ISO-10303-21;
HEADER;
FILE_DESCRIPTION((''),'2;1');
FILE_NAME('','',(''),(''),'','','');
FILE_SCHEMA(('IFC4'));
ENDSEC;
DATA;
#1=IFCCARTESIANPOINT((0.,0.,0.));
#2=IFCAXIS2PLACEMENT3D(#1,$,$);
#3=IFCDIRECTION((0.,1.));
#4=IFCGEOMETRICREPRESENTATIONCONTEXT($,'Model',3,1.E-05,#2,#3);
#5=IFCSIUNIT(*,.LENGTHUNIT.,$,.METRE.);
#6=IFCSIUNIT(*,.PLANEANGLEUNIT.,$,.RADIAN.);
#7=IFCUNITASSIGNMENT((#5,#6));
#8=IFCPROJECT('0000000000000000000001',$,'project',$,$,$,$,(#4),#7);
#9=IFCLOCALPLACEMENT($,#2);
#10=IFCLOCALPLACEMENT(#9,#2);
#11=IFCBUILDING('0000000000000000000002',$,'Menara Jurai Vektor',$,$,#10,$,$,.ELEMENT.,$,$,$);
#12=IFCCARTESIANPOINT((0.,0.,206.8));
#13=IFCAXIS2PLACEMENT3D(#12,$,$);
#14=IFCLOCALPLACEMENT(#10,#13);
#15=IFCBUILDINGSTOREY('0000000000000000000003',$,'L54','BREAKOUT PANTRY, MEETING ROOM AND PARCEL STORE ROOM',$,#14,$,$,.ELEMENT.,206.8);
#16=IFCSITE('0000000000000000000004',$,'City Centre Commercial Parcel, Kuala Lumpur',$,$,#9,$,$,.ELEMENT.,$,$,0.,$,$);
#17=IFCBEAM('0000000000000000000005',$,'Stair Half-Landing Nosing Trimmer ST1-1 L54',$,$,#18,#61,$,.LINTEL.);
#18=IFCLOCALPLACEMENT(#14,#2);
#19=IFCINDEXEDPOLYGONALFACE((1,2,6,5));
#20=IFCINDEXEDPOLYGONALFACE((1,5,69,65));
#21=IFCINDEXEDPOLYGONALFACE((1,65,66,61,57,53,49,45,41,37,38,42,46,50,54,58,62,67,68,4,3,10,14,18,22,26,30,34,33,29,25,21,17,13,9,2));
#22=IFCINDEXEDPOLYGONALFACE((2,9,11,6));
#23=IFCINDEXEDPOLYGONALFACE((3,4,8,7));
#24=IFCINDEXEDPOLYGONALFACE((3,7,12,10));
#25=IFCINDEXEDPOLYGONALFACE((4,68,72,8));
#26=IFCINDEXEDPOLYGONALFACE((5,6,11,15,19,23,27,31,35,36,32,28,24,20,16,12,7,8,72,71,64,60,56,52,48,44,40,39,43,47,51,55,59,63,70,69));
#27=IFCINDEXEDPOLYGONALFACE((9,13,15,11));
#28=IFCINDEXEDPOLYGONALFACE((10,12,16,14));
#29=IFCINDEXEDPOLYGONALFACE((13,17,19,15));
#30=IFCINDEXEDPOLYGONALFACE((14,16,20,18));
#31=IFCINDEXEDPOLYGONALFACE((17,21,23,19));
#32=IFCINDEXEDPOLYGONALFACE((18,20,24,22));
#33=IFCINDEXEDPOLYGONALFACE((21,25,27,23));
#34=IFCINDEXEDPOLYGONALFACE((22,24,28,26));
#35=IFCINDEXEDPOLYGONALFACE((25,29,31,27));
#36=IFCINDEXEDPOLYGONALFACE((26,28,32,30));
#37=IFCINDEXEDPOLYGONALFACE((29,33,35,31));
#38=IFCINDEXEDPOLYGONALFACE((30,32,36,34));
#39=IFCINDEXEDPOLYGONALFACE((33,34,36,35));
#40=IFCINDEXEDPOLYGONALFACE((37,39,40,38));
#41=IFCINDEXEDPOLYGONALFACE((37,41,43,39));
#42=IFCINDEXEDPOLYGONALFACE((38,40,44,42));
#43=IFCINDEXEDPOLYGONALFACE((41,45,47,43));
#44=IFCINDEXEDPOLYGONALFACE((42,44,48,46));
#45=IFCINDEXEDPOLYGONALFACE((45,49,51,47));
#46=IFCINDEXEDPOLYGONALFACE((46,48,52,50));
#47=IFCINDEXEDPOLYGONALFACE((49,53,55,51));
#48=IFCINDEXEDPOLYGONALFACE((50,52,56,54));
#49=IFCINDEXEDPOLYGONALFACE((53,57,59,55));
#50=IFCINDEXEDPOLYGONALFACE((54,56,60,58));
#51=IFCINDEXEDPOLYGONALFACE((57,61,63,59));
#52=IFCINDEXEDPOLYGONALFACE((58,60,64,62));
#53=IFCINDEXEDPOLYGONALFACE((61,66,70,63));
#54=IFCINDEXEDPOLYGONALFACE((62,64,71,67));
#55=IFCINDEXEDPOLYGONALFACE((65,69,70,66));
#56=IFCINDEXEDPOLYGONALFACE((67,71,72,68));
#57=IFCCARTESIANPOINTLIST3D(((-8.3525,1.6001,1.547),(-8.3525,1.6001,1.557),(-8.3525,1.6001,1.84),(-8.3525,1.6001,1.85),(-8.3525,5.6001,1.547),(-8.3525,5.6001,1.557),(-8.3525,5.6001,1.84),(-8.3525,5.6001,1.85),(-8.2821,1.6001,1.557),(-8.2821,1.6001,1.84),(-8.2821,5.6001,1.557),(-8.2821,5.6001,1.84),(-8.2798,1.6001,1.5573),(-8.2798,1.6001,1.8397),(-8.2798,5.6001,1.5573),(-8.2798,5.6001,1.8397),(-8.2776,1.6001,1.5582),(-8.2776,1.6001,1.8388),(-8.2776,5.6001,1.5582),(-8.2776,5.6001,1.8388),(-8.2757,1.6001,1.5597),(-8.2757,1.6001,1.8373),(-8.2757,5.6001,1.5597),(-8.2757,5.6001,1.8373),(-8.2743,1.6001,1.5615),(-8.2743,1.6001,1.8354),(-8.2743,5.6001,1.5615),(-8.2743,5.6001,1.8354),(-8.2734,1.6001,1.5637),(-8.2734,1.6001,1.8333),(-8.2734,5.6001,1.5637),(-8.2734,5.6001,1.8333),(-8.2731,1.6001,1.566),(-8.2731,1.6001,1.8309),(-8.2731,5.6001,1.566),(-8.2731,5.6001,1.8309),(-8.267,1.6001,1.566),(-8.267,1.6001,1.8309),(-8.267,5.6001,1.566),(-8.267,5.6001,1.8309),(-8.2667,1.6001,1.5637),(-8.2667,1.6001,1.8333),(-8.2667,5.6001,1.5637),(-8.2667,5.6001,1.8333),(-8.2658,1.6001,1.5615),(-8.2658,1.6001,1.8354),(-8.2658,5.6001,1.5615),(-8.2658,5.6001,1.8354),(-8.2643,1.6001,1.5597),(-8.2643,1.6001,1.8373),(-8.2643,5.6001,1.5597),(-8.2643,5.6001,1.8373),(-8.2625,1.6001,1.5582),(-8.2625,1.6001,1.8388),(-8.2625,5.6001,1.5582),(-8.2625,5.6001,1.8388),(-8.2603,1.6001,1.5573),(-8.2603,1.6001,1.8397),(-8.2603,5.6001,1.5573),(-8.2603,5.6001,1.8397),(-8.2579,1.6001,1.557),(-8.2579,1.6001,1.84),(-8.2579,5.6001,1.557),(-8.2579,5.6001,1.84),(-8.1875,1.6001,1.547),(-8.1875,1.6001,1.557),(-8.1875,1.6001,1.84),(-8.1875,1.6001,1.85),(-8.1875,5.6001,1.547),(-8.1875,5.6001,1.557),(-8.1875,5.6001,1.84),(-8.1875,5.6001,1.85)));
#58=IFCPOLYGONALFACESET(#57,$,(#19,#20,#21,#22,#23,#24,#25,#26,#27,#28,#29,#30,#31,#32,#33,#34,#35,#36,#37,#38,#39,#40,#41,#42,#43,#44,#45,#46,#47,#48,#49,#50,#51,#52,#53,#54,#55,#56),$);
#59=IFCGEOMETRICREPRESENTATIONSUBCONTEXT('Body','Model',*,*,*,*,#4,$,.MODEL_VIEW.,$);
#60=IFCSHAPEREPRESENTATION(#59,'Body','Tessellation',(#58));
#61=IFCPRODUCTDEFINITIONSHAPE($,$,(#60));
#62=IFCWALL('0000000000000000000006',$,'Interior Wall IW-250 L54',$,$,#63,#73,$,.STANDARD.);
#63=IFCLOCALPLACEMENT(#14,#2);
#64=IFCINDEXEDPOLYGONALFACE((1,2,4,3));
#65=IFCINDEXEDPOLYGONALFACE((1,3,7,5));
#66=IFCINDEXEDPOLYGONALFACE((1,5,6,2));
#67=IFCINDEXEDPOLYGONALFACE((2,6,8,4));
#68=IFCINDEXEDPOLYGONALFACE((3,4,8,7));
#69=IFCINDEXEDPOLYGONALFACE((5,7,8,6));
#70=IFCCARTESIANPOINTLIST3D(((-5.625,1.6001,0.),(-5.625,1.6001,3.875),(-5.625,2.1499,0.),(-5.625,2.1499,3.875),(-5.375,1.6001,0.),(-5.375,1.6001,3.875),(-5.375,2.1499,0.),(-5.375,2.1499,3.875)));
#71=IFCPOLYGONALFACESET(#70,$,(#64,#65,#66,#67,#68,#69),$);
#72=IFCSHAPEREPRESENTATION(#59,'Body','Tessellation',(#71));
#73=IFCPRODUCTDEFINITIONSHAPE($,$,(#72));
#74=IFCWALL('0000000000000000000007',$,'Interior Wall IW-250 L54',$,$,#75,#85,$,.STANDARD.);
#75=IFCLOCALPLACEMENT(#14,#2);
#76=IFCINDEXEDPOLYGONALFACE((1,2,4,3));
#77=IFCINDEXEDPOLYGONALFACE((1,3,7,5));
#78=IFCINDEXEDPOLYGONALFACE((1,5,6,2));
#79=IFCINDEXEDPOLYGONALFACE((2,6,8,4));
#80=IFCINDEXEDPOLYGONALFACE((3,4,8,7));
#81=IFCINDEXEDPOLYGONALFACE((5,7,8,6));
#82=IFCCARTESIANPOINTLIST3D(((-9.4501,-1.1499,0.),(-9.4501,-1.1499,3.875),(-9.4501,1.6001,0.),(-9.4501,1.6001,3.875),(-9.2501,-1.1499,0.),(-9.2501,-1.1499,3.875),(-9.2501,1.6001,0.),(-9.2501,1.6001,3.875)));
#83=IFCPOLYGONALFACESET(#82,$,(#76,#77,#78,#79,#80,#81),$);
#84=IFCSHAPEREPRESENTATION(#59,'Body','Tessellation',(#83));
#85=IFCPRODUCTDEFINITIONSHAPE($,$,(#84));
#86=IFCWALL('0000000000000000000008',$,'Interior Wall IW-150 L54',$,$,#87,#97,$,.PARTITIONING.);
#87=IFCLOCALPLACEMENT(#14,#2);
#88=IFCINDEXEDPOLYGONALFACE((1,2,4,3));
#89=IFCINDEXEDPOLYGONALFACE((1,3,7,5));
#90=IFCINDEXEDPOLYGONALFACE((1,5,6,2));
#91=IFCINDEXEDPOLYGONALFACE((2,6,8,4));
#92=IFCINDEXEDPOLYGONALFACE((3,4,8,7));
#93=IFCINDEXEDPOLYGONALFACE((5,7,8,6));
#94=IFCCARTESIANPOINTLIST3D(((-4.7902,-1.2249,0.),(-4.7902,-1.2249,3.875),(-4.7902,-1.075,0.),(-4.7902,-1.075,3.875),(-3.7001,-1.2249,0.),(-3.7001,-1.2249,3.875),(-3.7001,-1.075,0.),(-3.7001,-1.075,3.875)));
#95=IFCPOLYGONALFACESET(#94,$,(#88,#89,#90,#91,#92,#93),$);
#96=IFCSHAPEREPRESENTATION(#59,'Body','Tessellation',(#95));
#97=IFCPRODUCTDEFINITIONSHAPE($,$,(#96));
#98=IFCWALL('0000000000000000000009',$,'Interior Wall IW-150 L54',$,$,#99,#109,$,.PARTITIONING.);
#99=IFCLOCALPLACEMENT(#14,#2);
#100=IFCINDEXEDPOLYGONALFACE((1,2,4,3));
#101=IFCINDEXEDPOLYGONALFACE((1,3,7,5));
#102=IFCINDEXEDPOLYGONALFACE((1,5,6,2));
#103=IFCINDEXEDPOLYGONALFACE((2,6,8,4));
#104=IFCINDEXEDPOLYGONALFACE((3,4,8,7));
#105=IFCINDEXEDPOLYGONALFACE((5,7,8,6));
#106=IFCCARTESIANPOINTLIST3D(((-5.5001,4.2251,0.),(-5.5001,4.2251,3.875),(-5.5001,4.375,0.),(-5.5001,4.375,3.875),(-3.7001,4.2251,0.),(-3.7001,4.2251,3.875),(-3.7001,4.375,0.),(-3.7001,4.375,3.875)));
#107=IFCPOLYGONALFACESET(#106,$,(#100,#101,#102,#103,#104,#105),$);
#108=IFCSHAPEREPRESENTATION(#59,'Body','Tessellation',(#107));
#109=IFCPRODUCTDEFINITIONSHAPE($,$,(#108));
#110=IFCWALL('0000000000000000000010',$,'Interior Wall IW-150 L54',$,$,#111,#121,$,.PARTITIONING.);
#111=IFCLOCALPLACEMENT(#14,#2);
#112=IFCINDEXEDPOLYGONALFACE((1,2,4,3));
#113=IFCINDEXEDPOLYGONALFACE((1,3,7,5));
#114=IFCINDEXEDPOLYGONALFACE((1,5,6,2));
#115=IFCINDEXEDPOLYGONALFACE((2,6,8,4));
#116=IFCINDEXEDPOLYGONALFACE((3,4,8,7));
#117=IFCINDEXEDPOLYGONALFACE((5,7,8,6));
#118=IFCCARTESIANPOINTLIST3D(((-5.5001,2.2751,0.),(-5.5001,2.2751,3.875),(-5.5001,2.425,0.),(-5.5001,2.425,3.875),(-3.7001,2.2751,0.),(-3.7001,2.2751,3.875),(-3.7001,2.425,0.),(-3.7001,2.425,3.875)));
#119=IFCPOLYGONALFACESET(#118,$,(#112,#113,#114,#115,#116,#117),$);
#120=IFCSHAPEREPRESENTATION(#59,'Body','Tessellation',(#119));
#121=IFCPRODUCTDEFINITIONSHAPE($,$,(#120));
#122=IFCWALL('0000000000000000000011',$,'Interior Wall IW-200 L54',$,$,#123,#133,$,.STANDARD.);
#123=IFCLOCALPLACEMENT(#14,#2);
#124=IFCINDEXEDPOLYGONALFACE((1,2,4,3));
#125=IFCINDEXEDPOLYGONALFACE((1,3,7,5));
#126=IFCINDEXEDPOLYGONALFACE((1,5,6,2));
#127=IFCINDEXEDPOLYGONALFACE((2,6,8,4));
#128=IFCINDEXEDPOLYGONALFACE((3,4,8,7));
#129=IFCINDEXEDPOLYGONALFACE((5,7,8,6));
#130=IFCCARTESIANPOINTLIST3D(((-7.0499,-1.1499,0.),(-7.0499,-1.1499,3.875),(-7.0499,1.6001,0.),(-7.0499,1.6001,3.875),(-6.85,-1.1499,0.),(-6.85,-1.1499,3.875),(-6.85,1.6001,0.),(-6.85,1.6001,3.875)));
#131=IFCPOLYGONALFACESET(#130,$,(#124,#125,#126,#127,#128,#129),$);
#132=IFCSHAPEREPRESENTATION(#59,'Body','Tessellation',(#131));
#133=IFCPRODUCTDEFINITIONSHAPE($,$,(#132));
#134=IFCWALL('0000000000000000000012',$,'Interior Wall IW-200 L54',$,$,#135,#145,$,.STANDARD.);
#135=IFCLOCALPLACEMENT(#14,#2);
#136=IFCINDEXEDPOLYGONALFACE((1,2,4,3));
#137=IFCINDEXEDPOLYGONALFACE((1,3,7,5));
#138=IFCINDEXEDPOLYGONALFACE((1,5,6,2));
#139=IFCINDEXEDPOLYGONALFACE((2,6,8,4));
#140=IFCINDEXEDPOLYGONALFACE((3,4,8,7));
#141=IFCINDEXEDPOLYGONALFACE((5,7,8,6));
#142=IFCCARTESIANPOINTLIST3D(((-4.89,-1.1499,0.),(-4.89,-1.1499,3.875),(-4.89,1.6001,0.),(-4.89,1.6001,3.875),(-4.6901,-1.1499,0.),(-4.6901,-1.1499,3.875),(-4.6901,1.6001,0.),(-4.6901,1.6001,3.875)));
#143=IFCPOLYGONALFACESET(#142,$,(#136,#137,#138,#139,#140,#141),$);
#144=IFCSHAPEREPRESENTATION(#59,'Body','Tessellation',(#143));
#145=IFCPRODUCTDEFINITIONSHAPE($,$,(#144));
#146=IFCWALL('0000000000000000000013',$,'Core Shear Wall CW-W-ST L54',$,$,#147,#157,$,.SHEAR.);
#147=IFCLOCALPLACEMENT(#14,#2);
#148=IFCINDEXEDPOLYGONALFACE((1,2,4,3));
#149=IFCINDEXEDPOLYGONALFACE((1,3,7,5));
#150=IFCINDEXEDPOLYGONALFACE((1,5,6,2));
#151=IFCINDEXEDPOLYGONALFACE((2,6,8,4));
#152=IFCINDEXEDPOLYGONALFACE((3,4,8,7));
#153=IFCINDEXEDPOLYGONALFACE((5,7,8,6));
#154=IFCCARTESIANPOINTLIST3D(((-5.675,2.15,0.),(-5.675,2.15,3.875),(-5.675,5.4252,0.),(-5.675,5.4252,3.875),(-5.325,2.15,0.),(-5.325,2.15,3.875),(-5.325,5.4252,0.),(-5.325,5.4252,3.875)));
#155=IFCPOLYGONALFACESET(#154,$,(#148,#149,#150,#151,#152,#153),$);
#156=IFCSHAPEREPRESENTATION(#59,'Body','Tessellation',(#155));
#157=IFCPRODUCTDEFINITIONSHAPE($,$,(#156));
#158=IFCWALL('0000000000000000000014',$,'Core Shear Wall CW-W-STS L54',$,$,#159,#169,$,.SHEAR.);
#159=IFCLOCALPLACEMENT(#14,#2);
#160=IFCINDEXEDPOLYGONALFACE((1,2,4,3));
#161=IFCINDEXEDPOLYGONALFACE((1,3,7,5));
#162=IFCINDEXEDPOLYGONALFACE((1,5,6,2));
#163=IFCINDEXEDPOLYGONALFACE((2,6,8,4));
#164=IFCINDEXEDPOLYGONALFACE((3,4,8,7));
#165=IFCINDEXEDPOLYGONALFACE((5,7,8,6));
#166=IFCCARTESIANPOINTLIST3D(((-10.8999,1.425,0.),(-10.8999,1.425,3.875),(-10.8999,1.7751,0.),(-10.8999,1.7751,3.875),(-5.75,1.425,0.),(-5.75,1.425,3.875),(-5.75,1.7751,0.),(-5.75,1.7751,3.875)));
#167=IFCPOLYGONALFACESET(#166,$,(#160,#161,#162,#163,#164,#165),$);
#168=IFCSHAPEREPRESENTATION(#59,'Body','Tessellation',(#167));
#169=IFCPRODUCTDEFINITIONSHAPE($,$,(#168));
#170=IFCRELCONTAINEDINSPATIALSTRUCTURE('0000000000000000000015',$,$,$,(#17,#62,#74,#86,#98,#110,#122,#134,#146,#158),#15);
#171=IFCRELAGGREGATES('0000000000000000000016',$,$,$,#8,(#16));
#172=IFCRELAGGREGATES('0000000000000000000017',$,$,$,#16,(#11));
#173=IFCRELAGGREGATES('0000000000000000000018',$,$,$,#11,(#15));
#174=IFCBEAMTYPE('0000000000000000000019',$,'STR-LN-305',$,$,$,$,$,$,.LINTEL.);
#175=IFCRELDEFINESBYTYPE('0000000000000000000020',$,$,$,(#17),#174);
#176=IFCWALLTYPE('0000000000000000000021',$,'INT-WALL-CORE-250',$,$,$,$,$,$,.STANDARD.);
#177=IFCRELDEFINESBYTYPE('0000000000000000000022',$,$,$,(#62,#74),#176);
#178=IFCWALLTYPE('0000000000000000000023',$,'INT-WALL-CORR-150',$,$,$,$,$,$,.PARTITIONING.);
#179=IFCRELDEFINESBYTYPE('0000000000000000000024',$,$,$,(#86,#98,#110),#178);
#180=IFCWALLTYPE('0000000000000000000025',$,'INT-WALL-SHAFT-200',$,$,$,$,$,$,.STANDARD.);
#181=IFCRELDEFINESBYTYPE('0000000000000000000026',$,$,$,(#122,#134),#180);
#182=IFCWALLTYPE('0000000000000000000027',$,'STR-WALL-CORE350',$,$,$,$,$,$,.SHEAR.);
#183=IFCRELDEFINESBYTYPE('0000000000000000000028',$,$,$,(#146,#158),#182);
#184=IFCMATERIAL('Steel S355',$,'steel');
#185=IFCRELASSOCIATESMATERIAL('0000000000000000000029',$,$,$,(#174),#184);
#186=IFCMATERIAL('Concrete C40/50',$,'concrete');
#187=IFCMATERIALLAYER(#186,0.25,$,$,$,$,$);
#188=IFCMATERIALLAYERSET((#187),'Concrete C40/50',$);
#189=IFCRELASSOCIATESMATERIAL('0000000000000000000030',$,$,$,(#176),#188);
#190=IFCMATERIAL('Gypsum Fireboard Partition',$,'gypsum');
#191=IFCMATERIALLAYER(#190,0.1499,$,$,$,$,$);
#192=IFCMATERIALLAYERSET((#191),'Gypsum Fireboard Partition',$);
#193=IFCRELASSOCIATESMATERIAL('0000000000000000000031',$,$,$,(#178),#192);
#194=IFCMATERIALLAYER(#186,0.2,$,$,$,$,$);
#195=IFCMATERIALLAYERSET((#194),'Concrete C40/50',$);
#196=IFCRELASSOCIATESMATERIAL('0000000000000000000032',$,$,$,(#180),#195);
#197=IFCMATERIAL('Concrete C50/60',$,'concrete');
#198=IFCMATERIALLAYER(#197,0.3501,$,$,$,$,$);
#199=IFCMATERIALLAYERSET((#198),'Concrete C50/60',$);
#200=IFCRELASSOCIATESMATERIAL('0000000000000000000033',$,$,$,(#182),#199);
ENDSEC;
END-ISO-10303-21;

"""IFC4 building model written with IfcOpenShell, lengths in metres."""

from ifc_helpers import new_model, si_unit, direction, frame, frame_2d, origin, origin_2d, place, context, subcontext, project, spatial, rectangle, i_section, extrude, material, layer, layer_set, material_profile, profile_set, type_object, element, save


model = new_model("IFC4")

# Units and contexts
model_context = context("Model", 3, precision=1e-05, world=origin(), true_north=direction((0.0, 1.0)))
body_context = subcontext(model_context, "Body", "Model", "MODEL_VIEW")
ifc_project = project(units=[si_unit("LENGTHUNIT", "METRE"), si_unit("PLANEANGLEUNIT", "RADIAN")], contexts=[model_context])

# Site, building, storey
site_placement = place(None, origin())
site = spatial("IfcSite", under=ifc_project, at=site_placement, Name="City Centre Commercial Parcel, Kuala Lumpur", CompositionType="ELEMENT", RefElevation=0.0)
building_placement = place(site_placement, origin())
building = spatial("IfcBuilding", under=site, at=building_placement, Name="Menara Jurai Vektor", CompositionType="ELEMENT")
storey_placement = place(building_placement, frame((0.0, 0.0, 206.8)))
storey = spatial("IfcBuildingStorey", under=building, at=storey_placement, Name="L54", Description="BREAKOUT PANTRY, MEETING ROOM AND PARCEL STORE ROOM", CompositionType="ELEMENT", Elevation=206.8)

# Shared definitions
ifc_material_1 = material(Name="Concrete C50/60", Category="concrete")

# Beam
ifc_material_2 = material(Name="Steel S355", Category="steel")
ifc_material_profile_1 = material_profile(ifc_material_2, i_section(OverallWidth=0.165, OverallDepth=0.303, WebThickness=0.0061, FlangeThickness=0.01, FilletRadius=0.009, at=origin_2d()), Name="UKB 305x165x40")
ifc_profile_set_1 = profile_set([ifc_material_profile_1], Name="Steel S355")
beam_type_1 = type_object("IfcBeamType", Name="STR-LN-305", PredefinedType="LINTEL", material=ifc_profile_set_1)
beam_1_placement = place(storey_placement, frame((-8.27, 1.6001, 1.6985), z_axis=(0.0, 1.0, 0.0), x_axis=(-1.0, 0.0, 0.0)))
element("IfcBeam", 1, at=beam_1_placement, inside=storey, type_object=beam_type_1, Name="Stair Half-Landing Nosing Trimmer ST1-1 L54", PredefinedType="LINTEL", context=body_context, shape_type="SweptSolid", body=[
    extrude(i_section(OverallWidth=0.165, OverallDepth=0.303, WebThickness=0.0061, FlangeThickness=0.01, FilletRadius=0.009, at=origin_2d()), origin(), (0.0, 0.0, 1.0), 4.0),
])

# Shared definitions
ifc_material_3 = material(Name="Concrete C40/50", Category="concrete")
ifc_layer_1 = layer(ifc_material_3, 0.25)
ifc_layer_set_1 = layer_set([ifc_layer_1], Name="Concrete C40/50")
wall_type_1 = type_object("IfcWallType", Name="INT-WALL-CORE-250", PredefinedType="STANDARD", material=ifc_layer_set_1)

# Walls
wall_1_placement = place(storey_placement, frame((-5.5, 1.6001, 0.0), z_axis=(0.0, 0.0, 1.0), x_axis=(0.0, 1.0, 0.0)))
element("IfcWall", 2, at=wall_1_placement, inside=storey, type_object=wall_type_1, Name="Interior Wall IW-250 L54", PredefinedType="STANDARD", context=body_context, shape_type="SweptSolid", body=[
    extrude(rectangle(XDim=0.5498, YDim=0.25, at=frame_2d((0.2749, 0.0))), origin(), (0.0, 0.0, 1.0), 3.875),
])
wall_2_placement = place(storey_placement, frame((-9.3501, -1.1499, 0.0), z_axis=(0.0, 0.0, 1.0), x_axis=(0.0, 1.0, 0.0)))
element("IfcWall", 3, at=wall_2_placement, inside=storey, type_object=wall_type_1, Name="Interior Wall IW-250 L54", PredefinedType="STANDARD", context=body_context, shape_type="SweptSolid", body=[
    extrude(rectangle(XDim=2.75, YDim=0.2, at=frame_2d((1.375, 0.0))), origin(), (0.0, 0.0, 1.0), 3.875),
])
ifc_material_4 = material(Name="Gypsum Fireboard Partition", Category="gypsum")
ifc_layer_2 = layer(ifc_material_4, 0.1499)
ifc_layer_set_2 = layer_set([ifc_layer_2], Name="Gypsum Fireboard Partition")
wall_type_2 = type_object("IfcWallType", Name="INT-WALL-CORR-150", PredefinedType="PARTITIONING", material=ifc_layer_set_2)
wall_3_placement = place(storey_placement, frame((-4.79, -1.1499, 0.0), z_axis=(0.0, 0.0, 1.0), x_axis=(1.0, 0.0, 0.0)))
element("IfcWall", 4, at=wall_3_placement, inside=storey, type_object=wall_type_2, Name="Interior Wall IW-150 L54", PredefinedType="PARTITIONING", context=body_context, shape_type="SweptSolid", body=[
    extrude(rectangle(XDim=1.0901, YDim=0.1499, at=frame_2d((0.5449, 0.0))), origin(), (0.0, 0.0, 1.0), 3.875),
])
for number, where, z_axis, x_axis, name in (
    (5, (-5.5, 4.3, 0.0), (0.0, 0.0, 1.0), (1.0, 0.0, 0.0), "Interior Wall IW-150 L54"),
    (6, (-5.5, 2.3501, 0.0), (0.0, 0.0, 1.0), (1.0, 0.0, 0.0), "Interior Wall IW-150 L54"),
):
    element("IfcWall", number, at=place(storey_placement, frame(where, z_axis=z_axis, x_axis=x_axis)), inside=storey, type_object=wall_type_2, Name=name, PredefinedType="PARTITIONING", context=body_context, shape_type="SweptSolid", body=[
        extrude(rectangle(XDim=1.8, YDim=0.1499, at=frame_2d((0.8999, 0.0))), origin(), (0.0, 0.0, 1.0), 3.875),
    ])

# Shared definitions
ifc_layer_3 = layer(ifc_material_3, 0.2)
ifc_layer_set_3 = layer_set([ifc_layer_3], Name="Concrete C40/50")
wall_type_3 = type_object("IfcWallType", Name="INT-WALL-SHAFT-200", PredefinedType="STANDARD", material=ifc_layer_set_3)

# Wall
wall_4_placement = place(storey_placement, frame((-6.95, -1.1499, 0.0), z_axis=(0.0, 0.0, 1.0), x_axis=(0.0, 1.0, 0.0)))
element("IfcWall", 7, at=wall_4_placement, inside=storey, type_object=wall_type_3, Name="Interior Wall IW-200 L54", PredefinedType="STANDARD", context=body_context, shape_type="SweptSolid", body=[
    extrude(rectangle(XDim=2.75, YDim=0.2, at=frame_2d((1.375, 0.0))), origin(), (0.0, 0.0, 1.0), 3.875),
])

# Wall
wall_5_placement = place(storey_placement, frame((-4.79, -1.1499, 0.0), z_axis=(0.0, 0.0, 1.0), x_axis=(0.0, 1.0, 0.0)))
element("IfcWall", 8, at=wall_5_placement, inside=storey, type_object=wall_type_3, Name="Interior Wall IW-200 L54", PredefinedType="STANDARD", context=body_context, shape_type="SweptSolid", body=[
    extrude(rectangle(XDim=2.75, YDim=0.2, at=frame_2d((1.375, 0.0))), origin(), (0.0, 0.0, 1.0), 3.875),
])

# Walls
ifc_layer_4 = layer(ifc_material_1, 0.3501)
ifc_layer_set_4 = layer_set([ifc_layer_4], Name="Concrete C50/60")
wall_type_4 = type_object("IfcWallType", Name="STR-WALL-CORE350", PredefinedType="SHEAR", material=ifc_layer_set_4)
wall_6_placement = place(storey_placement, frame((-5.5, 2.1499, 0.0), z_axis=(0.0, 0.0, 1.0), x_axis=(0.0, 1.0, 0.0)))
element("IfcWall", 9, at=wall_6_placement, inside=storey, type_object=wall_type_4, Name="Core Shear Wall CW-W-ST L54", PredefinedType="SHEAR", context=body_context, shape_type="SweptSolid", body=[
    extrude(rectangle(XDim=3.2751, YDim=0.3501, at=frame_2d((1.6377, 0.0))), origin(), (0.0, 0.0, 1.0), 3.875),
])
wall_7_placement = place(storey_placement, frame((-10.8999, 1.6001, 0.0), z_axis=(0.0, 0.0, 1.0), x_axis=(1.0, 0.0, 0.0)))
element("IfcWall", 10, at=wall_7_placement, inside=storey, type_object=wall_type_4, Name="Core Shear Wall CW-W-STS L54", PredefinedType="SHEAR", context=body_context, shape_type="SweptSolid", body=[
    extrude(rectangle(XDim=5.1499, YDim=0.3501, at=frame_2d((2.575, 0.0))), origin(), (0.0, 0.0, 1.0), 3.875),
])

save(model, "model.ifc")
